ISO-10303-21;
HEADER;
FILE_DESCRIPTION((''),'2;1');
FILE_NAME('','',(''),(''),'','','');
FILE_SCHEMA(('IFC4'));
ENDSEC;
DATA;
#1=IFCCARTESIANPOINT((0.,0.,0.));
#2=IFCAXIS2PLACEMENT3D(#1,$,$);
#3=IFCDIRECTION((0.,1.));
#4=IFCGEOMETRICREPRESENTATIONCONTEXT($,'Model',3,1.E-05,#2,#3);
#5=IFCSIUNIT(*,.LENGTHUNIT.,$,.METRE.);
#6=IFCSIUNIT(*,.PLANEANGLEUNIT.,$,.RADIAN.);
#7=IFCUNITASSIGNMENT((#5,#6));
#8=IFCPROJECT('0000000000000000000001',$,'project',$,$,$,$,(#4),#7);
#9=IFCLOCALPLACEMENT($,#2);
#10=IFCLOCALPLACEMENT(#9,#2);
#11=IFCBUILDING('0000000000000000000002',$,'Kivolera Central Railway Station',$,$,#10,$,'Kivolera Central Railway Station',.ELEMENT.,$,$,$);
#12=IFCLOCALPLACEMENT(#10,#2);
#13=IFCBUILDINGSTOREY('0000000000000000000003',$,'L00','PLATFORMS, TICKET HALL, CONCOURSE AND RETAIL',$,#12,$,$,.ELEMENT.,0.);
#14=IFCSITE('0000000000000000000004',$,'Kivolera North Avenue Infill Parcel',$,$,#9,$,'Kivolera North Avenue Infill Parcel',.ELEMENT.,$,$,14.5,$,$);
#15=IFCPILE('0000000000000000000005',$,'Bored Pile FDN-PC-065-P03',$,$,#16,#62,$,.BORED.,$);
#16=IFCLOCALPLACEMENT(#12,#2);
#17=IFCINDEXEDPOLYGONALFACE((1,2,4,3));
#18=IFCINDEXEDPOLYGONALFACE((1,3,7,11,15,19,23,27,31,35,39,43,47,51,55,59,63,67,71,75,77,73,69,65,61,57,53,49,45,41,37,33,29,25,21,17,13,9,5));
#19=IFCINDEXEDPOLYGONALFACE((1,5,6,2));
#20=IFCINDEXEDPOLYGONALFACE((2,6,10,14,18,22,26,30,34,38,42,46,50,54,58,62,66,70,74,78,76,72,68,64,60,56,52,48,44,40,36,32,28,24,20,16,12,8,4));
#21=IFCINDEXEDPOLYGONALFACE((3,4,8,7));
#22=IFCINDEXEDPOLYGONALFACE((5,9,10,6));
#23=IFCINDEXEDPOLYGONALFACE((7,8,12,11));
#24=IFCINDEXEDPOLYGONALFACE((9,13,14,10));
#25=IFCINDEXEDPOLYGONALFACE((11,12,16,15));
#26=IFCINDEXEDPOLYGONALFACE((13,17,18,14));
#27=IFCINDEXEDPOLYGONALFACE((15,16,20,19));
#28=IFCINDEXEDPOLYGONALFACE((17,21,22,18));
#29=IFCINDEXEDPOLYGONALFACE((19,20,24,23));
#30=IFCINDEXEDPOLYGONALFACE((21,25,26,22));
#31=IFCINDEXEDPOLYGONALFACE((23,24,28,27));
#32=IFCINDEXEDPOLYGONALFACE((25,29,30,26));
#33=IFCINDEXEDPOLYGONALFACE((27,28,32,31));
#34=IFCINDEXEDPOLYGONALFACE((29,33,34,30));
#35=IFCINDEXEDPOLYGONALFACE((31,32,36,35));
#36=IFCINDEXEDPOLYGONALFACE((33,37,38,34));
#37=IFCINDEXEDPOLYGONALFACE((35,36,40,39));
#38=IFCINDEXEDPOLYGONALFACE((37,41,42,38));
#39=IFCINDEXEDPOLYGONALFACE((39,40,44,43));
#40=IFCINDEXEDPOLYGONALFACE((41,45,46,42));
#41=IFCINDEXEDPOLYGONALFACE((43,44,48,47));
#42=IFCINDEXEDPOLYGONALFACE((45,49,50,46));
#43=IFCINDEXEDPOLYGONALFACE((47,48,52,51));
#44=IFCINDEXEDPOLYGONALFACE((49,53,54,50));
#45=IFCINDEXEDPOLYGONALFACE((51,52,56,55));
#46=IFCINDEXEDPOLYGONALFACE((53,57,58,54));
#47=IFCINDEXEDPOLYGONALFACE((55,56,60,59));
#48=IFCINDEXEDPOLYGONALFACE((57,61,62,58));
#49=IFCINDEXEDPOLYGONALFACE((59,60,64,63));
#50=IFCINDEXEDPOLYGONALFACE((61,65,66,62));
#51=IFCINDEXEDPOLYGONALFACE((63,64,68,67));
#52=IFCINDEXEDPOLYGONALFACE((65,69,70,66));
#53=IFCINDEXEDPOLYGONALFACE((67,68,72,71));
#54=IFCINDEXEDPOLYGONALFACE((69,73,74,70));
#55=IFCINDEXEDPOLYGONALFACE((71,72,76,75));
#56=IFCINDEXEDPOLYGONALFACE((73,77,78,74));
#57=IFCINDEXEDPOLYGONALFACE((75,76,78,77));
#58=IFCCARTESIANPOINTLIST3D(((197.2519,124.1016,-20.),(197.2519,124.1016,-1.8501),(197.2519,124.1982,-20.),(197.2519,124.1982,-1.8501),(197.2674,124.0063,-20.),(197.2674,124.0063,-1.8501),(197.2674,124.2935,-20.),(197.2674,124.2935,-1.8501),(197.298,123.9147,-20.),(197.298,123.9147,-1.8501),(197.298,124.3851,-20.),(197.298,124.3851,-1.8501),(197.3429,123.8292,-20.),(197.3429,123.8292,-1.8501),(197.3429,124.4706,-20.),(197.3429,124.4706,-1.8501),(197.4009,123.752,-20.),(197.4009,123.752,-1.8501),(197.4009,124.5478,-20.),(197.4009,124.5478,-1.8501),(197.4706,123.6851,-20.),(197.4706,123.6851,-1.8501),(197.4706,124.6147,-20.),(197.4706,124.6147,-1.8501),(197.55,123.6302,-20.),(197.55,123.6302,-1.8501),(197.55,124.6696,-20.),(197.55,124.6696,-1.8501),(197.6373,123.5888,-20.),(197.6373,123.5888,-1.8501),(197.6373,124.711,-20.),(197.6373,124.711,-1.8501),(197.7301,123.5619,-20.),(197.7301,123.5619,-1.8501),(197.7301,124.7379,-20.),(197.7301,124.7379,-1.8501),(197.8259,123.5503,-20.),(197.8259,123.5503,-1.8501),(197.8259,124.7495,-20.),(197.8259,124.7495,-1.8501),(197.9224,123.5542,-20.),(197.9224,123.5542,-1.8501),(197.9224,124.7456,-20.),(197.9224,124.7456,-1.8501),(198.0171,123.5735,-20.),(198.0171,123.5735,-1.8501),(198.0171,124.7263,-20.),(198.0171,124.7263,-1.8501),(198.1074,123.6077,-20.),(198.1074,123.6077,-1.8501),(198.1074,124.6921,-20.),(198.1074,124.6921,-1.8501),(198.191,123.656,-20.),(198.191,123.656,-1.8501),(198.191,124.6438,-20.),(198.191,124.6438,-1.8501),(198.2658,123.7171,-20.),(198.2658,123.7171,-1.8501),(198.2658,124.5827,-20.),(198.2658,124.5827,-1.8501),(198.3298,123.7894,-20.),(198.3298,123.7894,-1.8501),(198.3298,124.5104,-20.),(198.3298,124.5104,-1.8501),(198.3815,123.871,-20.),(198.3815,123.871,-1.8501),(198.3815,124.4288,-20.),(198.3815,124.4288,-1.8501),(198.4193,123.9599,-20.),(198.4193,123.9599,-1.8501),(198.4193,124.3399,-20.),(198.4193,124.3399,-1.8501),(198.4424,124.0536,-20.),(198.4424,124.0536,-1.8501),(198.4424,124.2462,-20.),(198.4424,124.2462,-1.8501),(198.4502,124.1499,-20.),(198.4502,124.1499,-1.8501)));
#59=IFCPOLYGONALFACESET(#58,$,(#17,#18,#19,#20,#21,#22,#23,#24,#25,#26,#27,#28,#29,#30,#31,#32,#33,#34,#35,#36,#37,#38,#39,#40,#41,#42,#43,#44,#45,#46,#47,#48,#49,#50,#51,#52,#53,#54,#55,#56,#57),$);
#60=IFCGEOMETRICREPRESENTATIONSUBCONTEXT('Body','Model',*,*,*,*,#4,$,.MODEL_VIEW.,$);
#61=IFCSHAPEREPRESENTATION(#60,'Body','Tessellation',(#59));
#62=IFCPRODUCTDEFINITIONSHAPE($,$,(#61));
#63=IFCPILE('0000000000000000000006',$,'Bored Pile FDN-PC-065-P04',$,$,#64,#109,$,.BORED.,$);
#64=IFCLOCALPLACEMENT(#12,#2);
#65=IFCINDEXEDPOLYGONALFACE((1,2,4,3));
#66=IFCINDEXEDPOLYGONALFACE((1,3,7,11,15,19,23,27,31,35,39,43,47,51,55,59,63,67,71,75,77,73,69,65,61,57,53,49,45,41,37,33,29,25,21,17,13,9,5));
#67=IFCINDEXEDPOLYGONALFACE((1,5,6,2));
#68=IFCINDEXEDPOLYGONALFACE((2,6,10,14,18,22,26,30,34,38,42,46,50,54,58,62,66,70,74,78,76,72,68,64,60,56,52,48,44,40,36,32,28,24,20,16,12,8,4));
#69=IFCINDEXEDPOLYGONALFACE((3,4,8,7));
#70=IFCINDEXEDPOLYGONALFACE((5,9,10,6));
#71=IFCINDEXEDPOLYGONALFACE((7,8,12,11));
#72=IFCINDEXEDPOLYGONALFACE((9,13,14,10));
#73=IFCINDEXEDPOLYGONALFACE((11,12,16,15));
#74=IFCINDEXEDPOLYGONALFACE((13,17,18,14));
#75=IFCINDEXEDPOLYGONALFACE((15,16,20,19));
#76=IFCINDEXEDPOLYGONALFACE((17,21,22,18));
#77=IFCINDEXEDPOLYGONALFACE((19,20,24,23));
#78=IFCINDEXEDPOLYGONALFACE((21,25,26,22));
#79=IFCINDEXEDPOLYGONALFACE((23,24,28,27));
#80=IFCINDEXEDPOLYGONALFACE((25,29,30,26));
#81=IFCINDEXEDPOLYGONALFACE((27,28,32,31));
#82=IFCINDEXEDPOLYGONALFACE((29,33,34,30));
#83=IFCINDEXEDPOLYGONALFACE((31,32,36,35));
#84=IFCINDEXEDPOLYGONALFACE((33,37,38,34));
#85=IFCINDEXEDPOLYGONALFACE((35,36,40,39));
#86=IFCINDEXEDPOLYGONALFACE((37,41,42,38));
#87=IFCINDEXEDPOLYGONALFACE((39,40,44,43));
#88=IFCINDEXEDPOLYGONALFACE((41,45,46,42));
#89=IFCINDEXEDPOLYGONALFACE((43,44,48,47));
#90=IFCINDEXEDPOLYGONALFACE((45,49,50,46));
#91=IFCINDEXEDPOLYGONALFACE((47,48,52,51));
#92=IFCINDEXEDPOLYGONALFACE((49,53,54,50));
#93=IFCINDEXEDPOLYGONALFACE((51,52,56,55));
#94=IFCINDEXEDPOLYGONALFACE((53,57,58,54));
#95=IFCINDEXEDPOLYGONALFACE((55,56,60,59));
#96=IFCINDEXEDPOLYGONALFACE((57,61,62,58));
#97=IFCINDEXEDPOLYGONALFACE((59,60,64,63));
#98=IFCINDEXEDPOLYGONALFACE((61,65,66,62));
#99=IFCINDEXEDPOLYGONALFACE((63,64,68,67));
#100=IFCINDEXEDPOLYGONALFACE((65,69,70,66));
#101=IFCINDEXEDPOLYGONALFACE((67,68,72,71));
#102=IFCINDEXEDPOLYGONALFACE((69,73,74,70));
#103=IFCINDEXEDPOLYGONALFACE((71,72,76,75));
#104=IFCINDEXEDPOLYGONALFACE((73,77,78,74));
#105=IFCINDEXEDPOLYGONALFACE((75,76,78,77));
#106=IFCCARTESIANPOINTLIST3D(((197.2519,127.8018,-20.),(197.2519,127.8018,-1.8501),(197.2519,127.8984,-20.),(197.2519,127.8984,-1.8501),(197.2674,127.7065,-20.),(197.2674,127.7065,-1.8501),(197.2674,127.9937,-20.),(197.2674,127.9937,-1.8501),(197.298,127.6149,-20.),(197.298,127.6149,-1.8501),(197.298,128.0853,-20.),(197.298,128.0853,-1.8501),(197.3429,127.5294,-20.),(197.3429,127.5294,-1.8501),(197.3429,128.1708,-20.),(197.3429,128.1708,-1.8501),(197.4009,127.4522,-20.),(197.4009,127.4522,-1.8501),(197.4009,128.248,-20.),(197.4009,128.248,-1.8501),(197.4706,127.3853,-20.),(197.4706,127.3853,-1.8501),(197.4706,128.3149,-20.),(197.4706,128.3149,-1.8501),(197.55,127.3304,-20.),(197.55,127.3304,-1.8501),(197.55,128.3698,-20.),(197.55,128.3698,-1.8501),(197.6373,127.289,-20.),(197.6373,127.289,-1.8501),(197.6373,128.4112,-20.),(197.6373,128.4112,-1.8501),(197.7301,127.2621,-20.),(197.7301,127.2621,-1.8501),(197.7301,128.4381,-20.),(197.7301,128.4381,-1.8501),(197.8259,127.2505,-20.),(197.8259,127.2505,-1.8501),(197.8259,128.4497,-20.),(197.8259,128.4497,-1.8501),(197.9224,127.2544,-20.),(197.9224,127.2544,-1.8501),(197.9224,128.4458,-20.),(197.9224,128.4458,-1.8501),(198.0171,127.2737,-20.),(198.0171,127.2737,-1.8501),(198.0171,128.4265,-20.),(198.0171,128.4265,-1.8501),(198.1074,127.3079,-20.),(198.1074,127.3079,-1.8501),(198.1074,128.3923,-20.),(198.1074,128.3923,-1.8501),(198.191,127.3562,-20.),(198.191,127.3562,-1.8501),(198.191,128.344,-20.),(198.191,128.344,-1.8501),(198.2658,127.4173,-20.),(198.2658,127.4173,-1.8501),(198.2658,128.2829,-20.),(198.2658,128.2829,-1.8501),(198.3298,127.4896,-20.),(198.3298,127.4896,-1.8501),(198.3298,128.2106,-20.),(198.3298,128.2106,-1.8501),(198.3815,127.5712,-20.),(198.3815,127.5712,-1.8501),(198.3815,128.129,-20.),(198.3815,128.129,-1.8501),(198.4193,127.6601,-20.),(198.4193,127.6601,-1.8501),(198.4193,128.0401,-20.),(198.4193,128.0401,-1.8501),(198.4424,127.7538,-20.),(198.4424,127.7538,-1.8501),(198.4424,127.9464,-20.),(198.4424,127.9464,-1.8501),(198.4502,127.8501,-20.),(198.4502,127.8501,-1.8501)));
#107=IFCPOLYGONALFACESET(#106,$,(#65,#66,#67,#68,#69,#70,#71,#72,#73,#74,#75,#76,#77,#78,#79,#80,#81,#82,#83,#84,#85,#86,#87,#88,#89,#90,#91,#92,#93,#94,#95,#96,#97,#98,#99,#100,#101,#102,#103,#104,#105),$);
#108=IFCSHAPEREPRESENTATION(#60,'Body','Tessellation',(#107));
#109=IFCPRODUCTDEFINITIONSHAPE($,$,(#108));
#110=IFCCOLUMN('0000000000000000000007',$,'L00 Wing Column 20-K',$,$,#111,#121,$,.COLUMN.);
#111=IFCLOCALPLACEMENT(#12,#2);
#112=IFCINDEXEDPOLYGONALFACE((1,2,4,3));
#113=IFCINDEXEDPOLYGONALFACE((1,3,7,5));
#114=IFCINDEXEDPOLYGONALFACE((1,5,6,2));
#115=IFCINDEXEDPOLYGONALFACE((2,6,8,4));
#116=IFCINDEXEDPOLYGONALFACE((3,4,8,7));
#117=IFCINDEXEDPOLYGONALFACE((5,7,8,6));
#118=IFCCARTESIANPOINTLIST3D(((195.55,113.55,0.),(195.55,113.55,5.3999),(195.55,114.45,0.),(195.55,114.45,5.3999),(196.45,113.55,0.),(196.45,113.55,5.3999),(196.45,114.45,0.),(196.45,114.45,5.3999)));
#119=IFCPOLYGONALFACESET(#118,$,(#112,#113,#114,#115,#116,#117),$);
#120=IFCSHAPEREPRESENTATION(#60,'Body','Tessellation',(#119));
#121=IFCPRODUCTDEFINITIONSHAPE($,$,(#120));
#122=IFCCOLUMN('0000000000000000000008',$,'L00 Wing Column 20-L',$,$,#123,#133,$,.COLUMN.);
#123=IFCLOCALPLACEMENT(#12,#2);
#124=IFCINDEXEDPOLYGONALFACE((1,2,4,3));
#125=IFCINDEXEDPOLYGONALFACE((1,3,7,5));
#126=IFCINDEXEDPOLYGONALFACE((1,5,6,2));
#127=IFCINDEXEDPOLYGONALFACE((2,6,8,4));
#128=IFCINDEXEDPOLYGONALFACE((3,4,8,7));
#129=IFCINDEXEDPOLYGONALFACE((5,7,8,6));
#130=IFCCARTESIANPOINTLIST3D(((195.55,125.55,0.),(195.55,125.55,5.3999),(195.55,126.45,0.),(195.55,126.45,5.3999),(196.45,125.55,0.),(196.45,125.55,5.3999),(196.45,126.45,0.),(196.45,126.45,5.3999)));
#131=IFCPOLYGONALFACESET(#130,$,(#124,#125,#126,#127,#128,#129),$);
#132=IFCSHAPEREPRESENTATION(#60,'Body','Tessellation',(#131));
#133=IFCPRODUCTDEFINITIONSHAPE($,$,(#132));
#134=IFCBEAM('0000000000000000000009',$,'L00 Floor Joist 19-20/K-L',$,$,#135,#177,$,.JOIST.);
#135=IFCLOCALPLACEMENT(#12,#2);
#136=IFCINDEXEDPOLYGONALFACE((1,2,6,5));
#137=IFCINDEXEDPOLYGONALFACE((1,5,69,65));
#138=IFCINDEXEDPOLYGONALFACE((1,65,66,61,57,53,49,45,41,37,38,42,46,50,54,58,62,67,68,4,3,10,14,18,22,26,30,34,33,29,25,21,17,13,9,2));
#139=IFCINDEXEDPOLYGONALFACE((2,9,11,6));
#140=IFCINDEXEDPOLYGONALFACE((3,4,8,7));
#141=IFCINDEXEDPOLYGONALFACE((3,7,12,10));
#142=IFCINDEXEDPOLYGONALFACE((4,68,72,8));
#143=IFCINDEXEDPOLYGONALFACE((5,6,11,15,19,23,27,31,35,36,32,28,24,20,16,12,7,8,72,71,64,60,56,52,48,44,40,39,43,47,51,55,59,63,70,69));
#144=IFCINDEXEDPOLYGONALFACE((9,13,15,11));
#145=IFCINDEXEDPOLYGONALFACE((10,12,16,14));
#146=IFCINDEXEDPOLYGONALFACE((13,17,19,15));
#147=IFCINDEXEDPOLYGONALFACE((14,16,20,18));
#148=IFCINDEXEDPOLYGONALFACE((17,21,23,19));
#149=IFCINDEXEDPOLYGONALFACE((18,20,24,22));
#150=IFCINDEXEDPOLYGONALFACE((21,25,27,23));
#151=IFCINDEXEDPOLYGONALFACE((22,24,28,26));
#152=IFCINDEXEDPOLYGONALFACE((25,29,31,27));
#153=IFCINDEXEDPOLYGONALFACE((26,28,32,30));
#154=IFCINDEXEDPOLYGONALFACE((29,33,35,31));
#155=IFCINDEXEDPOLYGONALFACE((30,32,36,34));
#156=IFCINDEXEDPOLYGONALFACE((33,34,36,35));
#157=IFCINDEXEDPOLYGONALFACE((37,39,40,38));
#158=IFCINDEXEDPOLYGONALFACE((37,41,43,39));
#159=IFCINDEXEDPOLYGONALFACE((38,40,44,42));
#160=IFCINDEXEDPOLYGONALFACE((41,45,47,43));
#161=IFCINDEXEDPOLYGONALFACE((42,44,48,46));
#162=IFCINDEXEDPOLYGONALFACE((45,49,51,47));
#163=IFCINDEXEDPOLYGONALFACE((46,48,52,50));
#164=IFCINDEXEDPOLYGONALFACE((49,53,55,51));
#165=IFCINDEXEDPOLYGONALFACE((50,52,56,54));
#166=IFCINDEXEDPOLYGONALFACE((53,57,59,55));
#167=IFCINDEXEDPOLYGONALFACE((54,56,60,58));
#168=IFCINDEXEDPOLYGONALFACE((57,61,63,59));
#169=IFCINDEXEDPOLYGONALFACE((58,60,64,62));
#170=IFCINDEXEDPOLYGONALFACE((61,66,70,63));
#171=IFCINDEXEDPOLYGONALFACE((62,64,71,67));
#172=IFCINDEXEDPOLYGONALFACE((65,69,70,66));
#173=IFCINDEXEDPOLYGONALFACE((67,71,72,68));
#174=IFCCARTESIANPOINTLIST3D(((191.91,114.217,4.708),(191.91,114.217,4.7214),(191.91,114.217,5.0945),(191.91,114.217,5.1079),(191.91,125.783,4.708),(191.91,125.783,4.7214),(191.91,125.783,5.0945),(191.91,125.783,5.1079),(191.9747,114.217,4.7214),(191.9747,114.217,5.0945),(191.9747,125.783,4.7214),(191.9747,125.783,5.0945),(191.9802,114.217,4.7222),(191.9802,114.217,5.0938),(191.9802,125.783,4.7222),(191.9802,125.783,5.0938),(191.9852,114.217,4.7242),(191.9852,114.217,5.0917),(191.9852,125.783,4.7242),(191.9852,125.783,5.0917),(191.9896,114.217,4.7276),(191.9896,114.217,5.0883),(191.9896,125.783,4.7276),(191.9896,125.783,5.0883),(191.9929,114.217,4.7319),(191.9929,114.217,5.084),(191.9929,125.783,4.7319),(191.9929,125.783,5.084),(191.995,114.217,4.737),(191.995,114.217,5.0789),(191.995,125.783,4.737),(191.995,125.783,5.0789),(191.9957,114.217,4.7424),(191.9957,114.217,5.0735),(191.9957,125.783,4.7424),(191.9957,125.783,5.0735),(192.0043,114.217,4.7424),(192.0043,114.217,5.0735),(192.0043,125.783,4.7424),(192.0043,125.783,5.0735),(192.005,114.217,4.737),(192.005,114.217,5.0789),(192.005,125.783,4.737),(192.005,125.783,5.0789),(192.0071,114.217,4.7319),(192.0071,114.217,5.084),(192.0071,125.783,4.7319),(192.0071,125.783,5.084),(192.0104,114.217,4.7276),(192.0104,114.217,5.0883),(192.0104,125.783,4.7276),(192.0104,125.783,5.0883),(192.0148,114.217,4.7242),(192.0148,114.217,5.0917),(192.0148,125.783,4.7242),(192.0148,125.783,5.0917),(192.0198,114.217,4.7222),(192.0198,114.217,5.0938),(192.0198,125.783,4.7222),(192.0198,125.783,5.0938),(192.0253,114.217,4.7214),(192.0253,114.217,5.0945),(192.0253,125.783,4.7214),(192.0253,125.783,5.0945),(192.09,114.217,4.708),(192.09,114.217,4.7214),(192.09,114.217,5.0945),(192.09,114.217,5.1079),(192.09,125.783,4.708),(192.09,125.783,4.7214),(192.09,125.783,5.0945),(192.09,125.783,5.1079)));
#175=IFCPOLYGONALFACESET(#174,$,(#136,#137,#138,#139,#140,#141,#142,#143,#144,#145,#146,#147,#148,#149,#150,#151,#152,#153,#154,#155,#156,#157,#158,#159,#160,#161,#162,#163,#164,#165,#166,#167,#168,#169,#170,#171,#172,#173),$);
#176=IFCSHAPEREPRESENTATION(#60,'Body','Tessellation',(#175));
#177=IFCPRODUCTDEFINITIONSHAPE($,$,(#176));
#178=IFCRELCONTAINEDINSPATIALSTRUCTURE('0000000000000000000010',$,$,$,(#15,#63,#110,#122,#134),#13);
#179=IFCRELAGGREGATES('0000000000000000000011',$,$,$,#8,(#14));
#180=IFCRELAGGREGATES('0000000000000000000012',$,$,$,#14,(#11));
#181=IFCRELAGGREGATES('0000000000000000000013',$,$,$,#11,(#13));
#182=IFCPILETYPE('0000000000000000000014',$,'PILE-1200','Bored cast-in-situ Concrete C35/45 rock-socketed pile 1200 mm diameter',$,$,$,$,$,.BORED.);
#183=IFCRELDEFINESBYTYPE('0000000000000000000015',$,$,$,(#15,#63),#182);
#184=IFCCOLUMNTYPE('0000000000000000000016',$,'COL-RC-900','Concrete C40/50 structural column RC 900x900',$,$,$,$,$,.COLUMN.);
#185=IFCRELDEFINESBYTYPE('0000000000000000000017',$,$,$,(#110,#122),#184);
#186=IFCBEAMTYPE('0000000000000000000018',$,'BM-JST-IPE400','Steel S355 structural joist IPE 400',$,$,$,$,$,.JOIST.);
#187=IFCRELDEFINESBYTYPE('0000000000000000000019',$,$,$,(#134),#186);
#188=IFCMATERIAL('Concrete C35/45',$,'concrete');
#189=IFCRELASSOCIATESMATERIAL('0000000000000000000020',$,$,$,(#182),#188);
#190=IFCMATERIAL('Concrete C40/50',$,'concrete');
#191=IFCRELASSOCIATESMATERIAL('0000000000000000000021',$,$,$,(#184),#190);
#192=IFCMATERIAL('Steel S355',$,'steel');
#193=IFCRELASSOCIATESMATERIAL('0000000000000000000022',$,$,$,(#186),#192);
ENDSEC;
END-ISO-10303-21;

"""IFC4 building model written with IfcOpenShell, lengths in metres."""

from ifc_helpers import new_model, si_unit, direction, frame, origin, origin_2d, place, context, subcontext, project, spatial, rectangle, circle, i_section, extrude, material, material_profile, profile_set, type_object, element, save


model = new_model("IFC4")

# Units and contexts
model_context = context("Model", 3, precision=1e-05, world=origin(), true_north=direction((0.0, 1.0)))
body_context = subcontext(model_context, "Body", "Model", "MODEL_VIEW")
ifc_project = project(units=[si_unit("LENGTHUNIT", "METRE"), si_unit("PLANEANGLEUNIT", "RADIAN")], contexts=[model_context])

# Site, building, storey
site_placement = place(None, origin())
site = spatial("IfcSite", under=ifc_project, at=site_placement, Name="Kivolera North Avenue Infill Parcel", LongName="Kivolera North Avenue Infill Parcel", CompositionType="ELEMENT", RefElevation=14.5)
building_placement = place(site_placement, origin())
building = spatial("IfcBuilding", under=site, at=building_placement, Name="Kivolera Central Railway Station", LongName="Kivolera Central Railway Station", CompositionType="ELEMENT")
storey_placement = place(building_placement, origin())
storey = spatial("IfcBuildingStorey", under=building, at=storey_placement, Name="L00", Description="PLATFORMS, TICKET HALL, CONCOURSE AND RETAIL", CompositionType="ELEMENT", Elevation=0.0)

# Shared definitions
ifc_material_1 = material(Name="Concrete C35/45", Category="concrete")

# Piles
ifc_material_profile_1 = material_profile(ifc_material_1, circle(Radius=0.6001, at=origin_2d()), Name="PILE D1200")
ifc_profile_set_1 = profile_set([ifc_material_profile_1], Name="Concrete C35/45")
pile_type = type_object("IfcPileType", Name="PILE-1200", Description="Bored cast-in-situ Concrete C35/45 rock-socketed pile 1200 mm diameter", PredefinedType="BORED", material=ifc_profile_set_1)
for number, where, z_axis, x_axis, name in (
    (1, (197.8501, 124.1499, -1.8501), (0.0, 0.0, -1.0), (1.0, 0.0, 0.0), "Bored Pile FDN-PC-065-P03"),
    (2, (197.8501, 127.8501, -1.8501), (0.0, 0.0, -1.0), (1.0, 0.0, 0.0), "Bored Pile FDN-PC-065-P04"),
):
    element("IfcPile", number, at=place(storey_placement, frame(where, z_axis=z_axis, x_axis=x_axis)), inside=storey, type_object=pile_type, Name=name, PredefinedType="BORED", context=body_context, shape_type="SweptSolid", body=[
        extrude(circle(Radius=0.6001, at=origin_2d()), origin(), (0.0, 0.0, 1.0), 18.1499),
    ])

# Columns
ifc_material_2 = material(Name="Concrete C40/50", Category="concrete")
ifc_material_profile_2 = material_profile(ifc_material_2, rectangle(XDim=0.8999, YDim=0.8999, at=origin_2d()), Name="RC 900x900")
ifc_profile_set_2 = profile_set([ifc_material_profile_2], Name="Concrete C40/50")
column_type = type_object("IfcColumnType", Name="COL-RC-900", Description="Concrete C40/50 structural column RC 900x900", PredefinedType="COLUMN", material=ifc_profile_set_2)
for number, where, z_axis, x_axis, name in (
    (3, (196.0, 114.0, 0.0), (0.0, 0.0, 1.0), (1.0, 0.0, 0.0), "L00 Wing Column 20-K"),
    (4, (196.0, 126.0, 0.0), (0.0, 0.0, 1.0), (1.0, 0.0, 0.0), "L00 Wing Column 20-L"),
):
    element("IfcColumn", number, at=place(storey_placement, frame(where, z_axis=z_axis, x_axis=x_axis)), inside=storey, type_object=column_type, Name=name, PredefinedType="COLUMN", context=body_context, shape_type="SweptSolid", body=[
        extrude(rectangle(XDim=0.8999, YDim=0.8999, at=origin_2d()), origin(), (0.0, 0.0, 1.0), 5.3999),
    ])

# Beam
ifc_material_3 = material(Name="Steel S355", Category="steel")
ifc_material_profile_3 = material_profile(ifc_material_3, i_section(OverallWidth=0.1799, OverallDepth=0.3999, WebThickness=0.0085, FlangeThickness=0.0134, FilletRadius=0.021, at=origin_2d()), Name="IPE 400")
ifc_profile_set_3 = profile_set([ifc_material_profile_3], Name="Steel S355")
beam_type_1 = type_object("IfcBeamType", Name="BM-JST-IPE400", Description="Steel S355 structural joist IPE 400", PredefinedType="JOIST", material=ifc_profile_set_3)
beam_1_placement = place(storey_placement, frame((192.0, 114.217, 4.908), z_axis=(0.0, 1.0, 0.0), x_axis=(-1.0, 0.0, 0.0)))
element("IfcBeam", 5, at=beam_1_placement, inside=storey, type_object=beam_type_1, Name="L00 Floor Joist 19-20/K-L", PredefinedType="JOIST", context=body_context, shape_type="SweptSolid", body=[
    extrude(i_section(OverallWidth=0.1799, OverallDepth=0.3999, WebThickness=0.0085, FlangeThickness=0.0134, FilletRadius=0.021, at=origin_2d()), origin(), (0.0, 0.0, 1.0), 11.5659),
])

save(model, "model.ifc")
